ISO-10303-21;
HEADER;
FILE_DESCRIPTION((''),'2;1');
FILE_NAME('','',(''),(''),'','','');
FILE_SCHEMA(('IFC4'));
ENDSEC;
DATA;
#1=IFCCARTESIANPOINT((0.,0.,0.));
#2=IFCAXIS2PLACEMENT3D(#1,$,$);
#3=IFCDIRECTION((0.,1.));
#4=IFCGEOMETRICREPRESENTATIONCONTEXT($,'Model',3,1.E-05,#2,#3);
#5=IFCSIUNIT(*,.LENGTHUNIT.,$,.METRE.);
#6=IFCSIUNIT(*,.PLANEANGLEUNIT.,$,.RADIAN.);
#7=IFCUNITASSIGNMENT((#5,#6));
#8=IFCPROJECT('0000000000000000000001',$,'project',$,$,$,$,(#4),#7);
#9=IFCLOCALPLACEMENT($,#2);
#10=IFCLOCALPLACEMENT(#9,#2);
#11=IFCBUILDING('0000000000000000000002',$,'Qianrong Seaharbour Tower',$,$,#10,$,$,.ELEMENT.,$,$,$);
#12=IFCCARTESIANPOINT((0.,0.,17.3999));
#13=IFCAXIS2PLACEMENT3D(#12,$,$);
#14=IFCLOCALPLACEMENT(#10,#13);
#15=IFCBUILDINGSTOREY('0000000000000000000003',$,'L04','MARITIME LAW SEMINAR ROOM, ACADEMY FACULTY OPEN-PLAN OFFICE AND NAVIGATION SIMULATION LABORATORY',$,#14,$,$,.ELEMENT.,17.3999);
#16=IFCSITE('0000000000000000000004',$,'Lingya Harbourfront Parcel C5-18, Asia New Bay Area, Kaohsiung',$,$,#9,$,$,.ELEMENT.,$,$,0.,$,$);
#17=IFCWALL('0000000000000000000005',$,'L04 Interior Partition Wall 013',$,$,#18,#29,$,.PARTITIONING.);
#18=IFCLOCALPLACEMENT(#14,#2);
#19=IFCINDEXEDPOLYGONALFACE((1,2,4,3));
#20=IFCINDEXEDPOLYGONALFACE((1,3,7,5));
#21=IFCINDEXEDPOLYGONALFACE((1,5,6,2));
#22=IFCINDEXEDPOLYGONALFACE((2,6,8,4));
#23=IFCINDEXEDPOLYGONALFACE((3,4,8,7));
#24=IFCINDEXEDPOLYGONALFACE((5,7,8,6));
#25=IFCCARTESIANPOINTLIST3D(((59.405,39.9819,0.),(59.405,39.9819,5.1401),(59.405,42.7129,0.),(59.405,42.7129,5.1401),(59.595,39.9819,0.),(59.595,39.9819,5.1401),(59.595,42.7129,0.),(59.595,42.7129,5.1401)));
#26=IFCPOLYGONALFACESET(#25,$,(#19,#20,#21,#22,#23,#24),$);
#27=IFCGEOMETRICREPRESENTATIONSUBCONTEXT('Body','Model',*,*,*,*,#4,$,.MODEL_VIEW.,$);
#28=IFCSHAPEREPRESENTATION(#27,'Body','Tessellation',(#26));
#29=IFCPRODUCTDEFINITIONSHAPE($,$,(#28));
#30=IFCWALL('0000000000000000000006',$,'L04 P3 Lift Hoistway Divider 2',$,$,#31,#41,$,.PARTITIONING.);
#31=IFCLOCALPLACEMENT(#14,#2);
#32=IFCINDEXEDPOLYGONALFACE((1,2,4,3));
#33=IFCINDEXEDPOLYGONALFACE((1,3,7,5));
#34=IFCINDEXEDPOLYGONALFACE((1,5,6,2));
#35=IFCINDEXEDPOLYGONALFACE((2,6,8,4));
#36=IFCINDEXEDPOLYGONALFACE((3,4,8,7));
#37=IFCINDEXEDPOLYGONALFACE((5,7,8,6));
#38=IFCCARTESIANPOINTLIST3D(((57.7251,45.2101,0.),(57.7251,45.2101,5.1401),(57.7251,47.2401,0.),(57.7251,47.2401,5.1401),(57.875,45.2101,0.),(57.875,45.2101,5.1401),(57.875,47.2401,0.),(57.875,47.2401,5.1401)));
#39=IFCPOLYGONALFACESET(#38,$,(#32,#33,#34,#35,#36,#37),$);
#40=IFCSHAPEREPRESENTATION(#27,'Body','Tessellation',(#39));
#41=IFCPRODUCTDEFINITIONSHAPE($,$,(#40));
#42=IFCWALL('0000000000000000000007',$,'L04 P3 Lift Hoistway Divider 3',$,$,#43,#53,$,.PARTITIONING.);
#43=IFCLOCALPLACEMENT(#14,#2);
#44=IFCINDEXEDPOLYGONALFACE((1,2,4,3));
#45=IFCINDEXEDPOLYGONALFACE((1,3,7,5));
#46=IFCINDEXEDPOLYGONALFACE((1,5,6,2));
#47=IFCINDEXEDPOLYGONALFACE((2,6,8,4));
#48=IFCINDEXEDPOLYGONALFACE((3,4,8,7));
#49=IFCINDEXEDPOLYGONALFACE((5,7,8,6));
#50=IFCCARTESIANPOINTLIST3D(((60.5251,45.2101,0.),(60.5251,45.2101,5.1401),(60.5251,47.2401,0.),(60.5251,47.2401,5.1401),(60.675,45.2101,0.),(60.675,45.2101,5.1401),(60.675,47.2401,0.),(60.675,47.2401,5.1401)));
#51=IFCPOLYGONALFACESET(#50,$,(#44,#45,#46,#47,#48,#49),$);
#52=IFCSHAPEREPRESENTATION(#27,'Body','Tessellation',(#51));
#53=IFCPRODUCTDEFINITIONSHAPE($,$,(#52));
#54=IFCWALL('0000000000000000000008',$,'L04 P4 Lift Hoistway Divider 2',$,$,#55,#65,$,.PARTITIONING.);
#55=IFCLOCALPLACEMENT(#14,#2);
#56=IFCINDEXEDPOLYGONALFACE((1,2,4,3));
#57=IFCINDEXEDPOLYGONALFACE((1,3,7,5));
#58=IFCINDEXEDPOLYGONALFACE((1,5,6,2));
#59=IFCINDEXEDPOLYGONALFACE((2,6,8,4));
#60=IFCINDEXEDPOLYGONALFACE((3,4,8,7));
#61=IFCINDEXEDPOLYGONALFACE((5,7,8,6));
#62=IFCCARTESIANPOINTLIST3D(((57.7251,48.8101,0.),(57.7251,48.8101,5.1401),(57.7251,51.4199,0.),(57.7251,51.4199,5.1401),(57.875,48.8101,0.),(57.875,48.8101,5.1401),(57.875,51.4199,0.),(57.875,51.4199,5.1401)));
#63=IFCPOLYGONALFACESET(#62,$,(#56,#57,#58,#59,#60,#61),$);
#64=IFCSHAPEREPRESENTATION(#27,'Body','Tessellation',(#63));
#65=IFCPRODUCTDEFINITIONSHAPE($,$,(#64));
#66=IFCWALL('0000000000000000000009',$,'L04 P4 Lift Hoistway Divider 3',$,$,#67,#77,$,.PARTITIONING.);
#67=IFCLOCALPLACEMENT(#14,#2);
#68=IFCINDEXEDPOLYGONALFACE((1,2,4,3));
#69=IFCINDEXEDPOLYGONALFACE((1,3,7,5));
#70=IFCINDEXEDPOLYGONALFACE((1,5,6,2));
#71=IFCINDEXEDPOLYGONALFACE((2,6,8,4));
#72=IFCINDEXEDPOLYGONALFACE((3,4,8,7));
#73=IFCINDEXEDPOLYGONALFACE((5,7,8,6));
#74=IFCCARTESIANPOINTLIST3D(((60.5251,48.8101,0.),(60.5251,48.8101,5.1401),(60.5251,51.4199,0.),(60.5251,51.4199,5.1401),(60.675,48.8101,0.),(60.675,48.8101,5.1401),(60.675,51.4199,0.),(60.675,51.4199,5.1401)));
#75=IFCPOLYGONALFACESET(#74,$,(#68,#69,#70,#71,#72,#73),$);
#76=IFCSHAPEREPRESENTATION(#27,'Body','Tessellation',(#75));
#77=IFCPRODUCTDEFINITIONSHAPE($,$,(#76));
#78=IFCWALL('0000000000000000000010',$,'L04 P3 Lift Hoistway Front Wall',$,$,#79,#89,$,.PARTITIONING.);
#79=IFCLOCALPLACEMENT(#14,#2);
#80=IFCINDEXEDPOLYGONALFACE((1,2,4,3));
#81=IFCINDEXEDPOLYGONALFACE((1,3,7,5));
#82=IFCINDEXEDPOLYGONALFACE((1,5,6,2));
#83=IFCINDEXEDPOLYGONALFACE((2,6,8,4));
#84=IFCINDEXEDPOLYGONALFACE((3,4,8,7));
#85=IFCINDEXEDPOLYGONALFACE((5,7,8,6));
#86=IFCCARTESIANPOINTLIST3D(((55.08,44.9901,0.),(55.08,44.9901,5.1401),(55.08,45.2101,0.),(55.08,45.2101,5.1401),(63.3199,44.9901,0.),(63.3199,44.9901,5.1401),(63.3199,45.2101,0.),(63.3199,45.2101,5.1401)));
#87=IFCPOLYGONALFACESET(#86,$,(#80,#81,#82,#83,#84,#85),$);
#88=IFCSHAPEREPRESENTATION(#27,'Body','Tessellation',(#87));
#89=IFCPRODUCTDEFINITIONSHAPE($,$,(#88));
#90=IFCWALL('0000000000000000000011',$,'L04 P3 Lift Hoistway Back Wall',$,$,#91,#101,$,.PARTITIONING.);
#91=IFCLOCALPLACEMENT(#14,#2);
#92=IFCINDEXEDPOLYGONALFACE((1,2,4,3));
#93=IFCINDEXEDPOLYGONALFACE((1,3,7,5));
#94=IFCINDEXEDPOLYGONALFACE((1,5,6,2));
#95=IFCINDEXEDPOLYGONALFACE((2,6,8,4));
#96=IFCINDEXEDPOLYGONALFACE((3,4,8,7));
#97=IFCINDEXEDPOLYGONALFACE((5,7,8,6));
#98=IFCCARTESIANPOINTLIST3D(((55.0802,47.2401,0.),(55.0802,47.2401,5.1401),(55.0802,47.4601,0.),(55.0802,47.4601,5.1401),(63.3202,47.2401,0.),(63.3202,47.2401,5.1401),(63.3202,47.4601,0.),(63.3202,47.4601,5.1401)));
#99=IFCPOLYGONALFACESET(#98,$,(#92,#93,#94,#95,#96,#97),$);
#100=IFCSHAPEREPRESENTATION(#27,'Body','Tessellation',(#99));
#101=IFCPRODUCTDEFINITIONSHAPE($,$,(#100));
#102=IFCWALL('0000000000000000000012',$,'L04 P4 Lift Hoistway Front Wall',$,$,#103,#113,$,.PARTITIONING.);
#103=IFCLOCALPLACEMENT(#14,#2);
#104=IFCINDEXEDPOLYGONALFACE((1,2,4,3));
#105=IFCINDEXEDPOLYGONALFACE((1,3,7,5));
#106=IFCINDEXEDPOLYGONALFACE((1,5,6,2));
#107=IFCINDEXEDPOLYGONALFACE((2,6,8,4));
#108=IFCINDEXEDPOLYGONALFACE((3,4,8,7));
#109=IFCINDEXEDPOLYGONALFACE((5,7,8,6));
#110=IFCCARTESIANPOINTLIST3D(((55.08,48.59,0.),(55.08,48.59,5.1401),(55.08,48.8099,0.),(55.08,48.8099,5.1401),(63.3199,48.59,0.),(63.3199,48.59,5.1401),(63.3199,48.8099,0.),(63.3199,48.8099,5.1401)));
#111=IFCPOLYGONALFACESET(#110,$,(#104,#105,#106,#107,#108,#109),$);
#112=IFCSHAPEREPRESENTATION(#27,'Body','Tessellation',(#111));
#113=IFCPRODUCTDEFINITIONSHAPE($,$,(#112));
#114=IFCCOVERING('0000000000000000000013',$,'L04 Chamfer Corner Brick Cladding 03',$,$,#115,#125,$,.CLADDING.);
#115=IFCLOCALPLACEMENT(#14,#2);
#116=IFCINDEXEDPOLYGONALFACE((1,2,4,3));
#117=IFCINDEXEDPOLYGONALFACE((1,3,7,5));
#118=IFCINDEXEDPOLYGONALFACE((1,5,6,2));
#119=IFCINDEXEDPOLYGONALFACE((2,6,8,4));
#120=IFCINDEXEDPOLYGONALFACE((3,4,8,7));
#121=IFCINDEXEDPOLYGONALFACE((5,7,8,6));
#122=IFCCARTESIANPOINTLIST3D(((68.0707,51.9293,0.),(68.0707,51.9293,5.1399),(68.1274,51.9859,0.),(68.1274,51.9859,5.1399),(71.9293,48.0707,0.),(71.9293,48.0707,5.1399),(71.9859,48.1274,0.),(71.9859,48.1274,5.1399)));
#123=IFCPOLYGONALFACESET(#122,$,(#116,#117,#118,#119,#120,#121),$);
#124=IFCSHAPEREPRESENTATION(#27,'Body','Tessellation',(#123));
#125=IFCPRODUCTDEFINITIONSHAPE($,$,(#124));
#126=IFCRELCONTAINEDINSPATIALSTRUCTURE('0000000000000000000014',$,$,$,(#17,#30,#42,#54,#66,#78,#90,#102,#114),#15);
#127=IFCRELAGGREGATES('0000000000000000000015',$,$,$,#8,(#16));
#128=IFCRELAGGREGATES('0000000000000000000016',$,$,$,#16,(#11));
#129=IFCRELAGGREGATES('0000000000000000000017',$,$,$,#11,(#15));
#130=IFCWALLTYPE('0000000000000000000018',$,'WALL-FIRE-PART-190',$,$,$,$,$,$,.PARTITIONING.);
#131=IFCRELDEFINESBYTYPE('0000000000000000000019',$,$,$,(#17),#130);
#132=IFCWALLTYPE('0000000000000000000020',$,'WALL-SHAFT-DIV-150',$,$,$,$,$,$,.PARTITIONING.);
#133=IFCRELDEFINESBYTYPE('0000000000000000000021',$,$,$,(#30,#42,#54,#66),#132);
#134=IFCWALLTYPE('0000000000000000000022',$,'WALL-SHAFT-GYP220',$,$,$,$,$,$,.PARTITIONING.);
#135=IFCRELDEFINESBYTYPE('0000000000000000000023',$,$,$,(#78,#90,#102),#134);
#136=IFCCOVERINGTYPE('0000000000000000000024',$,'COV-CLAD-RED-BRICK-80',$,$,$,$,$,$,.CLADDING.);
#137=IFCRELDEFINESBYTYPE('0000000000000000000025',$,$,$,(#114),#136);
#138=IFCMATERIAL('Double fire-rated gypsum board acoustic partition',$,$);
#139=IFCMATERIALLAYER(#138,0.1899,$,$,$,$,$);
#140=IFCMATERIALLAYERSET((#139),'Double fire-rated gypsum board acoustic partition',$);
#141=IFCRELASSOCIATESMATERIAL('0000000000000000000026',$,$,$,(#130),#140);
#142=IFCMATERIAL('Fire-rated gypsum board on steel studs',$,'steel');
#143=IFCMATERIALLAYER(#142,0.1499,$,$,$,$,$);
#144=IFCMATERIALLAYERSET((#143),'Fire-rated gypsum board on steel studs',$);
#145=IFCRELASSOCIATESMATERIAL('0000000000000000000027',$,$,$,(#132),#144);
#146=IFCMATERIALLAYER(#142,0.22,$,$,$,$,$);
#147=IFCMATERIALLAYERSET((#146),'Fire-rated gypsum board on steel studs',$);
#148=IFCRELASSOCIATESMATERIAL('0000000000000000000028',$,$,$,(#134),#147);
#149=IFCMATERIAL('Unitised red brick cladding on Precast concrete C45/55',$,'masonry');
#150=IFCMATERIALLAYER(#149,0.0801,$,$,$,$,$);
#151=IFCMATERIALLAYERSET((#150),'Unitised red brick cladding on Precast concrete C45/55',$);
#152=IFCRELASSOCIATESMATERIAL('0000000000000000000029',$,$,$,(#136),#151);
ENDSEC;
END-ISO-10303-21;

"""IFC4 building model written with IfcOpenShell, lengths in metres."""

from ifc_helpers import new_model, si_unit, direction, frame, frame_2d, origin, origin_2d, place, context, subcontext, project, spatial, rectangle, extrude, material, layer, layer_set, type_object, element, save


model = new_model("IFC4")

# Units and contexts
model_context = context("Model", 3, precision=1e-05, world=origin(), true_north=direction((0.0, 1.0)))
body_context = subcontext(model_context, "Body", "Model", "MODEL_VIEW")
ifc_project = project(units=[si_unit("LENGTHUNIT", "METRE"), si_unit("PLANEANGLEUNIT", "RADIAN")], contexts=[model_context])

# Site, building, storey
site_placement = place(None, origin())
site = spatial("IfcSite", under=ifc_project, at=site_placement, Name="Lingya Harbourfront Parcel C5-18, Asia New Bay Area, Kaohsiung", CompositionType="ELEMENT", RefElevation=0.0)
building_placement = place(site_placement, origin())
building = spatial("IfcBuilding", under=site, at=building_placement, Name="Qianrong Seaharbour Tower", CompositionType="ELEMENT")
storey_placement = place(building_placement, frame((0.0, 0.0, 17.3999)))
storey = spatial("IfcBuildingStorey", under=building, at=storey_placement, Name="L04", Description="MARITIME LAW SEMINAR ROOM, ACADEMY FACULTY OPEN-PLAN OFFICE AND NAVIGATION SIMULATION LABORATORY", CompositionType="ELEMENT", Elevation=17.3999)

# Shared definitions
ifc_material_1 = material(Name="Double fire-rated gypsum board acoustic partition")
ifc_layer_1 = layer(ifc_material_1, 0.1899)
ifc_layer_set_1 = layer_set([ifc_layer_1], Name="Double fire-rated gypsum board acoustic partition")
wall_type_1 = type_object("IfcWallType", Name="WALL-FIRE-PART-190", PredefinedType="PARTITIONING", material=ifc_layer_set_1)

# Walls
wall_1_placement = place(storey_placement, frame((59.5, 42.7129, 0.0), z_axis=(0.0, 0.0, 1.0), x_axis=(0.0, -1.0, 0.0)))
element("IfcWall", 1, at=wall_1_placement, inside=storey, type_object=wall_type_1, Name="L04 Interior Partition Wall 013", PredefinedType="PARTITIONING", context=body_context, shape_type="SweptSolid", body=[
    extrude(rectangle(XDim=2.731, YDim=0.1899, at=frame_2d((1.3655, 0.0))), origin(), (0.0, 0.0, 1.0), 5.1401),
])
ifc_material_2 = material(Name="Fire-rated gypsum board on steel studs", Category="steel")
ifc_layer_2 = layer(ifc_material_2, 0.1499)
ifc_layer_set_2 = layer_set([ifc_layer_2], Name="Fire-rated gypsum board on steel studs")
wall_type_2 = type_object("IfcWallType", Name="WALL-SHAFT-DIV-150", PredefinedType="PARTITIONING", material=ifc_layer_set_2)
for number, where, z_axis, x_axis, name in (
    (2, (57.8, 45.21, 0.0), (0.0, 0.0, 1.0), (0.0, 1.0, 0.0), "L04 P3 Lift Hoistway Divider 2"),
    (3, (60.6001, 45.21, 0.0), (0.0, 0.0, 1.0), (0.0, 1.0, 0.0), "L04 P3 Lift Hoistway Divider 3"),
):
    element("IfcWall", number, at=place(storey_placement, frame(where, z_axis=z_axis, x_axis=x_axis)), inside=storey, type_object=wall_type_2, Name=name, PredefinedType="PARTITIONING", context=body_context, shape_type="SweptSolid", body=[
        extrude(rectangle(XDim=2.03, YDim=0.1499, at=frame_2d((1.0151, 0.0))), origin(), (0.0, 0.0, 1.0), 5.1401),
    ])
for number, where, z_axis, x_axis, name in (
    (4, (57.8, 48.8101, 0.0), (0.0, 0.0, 1.0), (0.0, 1.0, 0.0), "L04 P4 Lift Hoistway Divider 2"),
    (5, (60.6001, 48.8101, 0.0), (0.0, 0.0, 1.0), (0.0, 1.0, 0.0), "L04 P4 Lift Hoistway Divider 3"),
):
    element("IfcWall", number, at=place(storey_placement, frame(where, z_axis=z_axis, x_axis=x_axis)), inside=storey, type_object=wall_type_2, Name=name, PredefinedType="PARTITIONING", context=body_context, shape_type="SweptSolid", body=[
        extrude(rectangle(XDim=2.6099, YDim=0.1499, at=frame_2d((1.3049, 0.0))), origin(), (0.0, 0.0, 1.0), 5.1401),
    ])
ifc_layer_3 = layer(ifc_material_2, 0.22)
ifc_layer_set_3 = layer_set([ifc_layer_3], Name="Fire-rated gypsum board on steel studs")
wall_type_3 = type_object("IfcWallType", Name="WALL-SHAFT-GYP220", PredefinedType="PARTITIONING", material=ifc_layer_set_3)
for number, where, z_axis, x_axis, name in (
    (6, (63.3201, 45.1001, 0.0), (0.0, 0.0, 1.0), (-1.0, 0.0, 0.0), "L04 P3 Lift Hoistway Front Wall"),
    (7, (55.0801, 47.3501, 0.0), (0.0, 0.0, 1.0), (1.0, 0.0, 0.0), "L04 P3 Lift Hoistway Back Wall"),
    (8, (63.3201, 48.7, 0.0), (0.0, 0.0, 1.0), (-1.0, 0.0, 0.0), "L04 P4 Lift Hoistway Front Wall"),
):
    element("IfcWall", number, at=place(storey_placement, frame(where, z_axis=z_axis, x_axis=x_axis)), inside=storey, type_object=wall_type_3, Name=name, PredefinedType="PARTITIONING", context=body_context, shape_type="SweptSolid", body=[
        extrude(rectangle(XDim=8.24, YDim=0.22, at=frame_2d((4.1201, 0.0))), origin(), (0.0, 0.0, 1.0), 5.1401),
    ])

# Covering
ifc_material_3 = material(Name="Unitised red brick cladding on Precast concrete C45/55", Category="masonry")
ifc_layer_4 = layer(ifc_material_3, 0.0801)
ifc_layer_set_4 = layer_set([ifc_layer_4], Name="Unitised red brick cladding on Precast concrete C45/55")
covering_type = type_object("IfcCoveringType", Name="COV-CLAD-RED-BRICK-80", PredefinedType="CLADDING", material=ifc_layer_set_4)
covering_placement = place(storey_placement, frame((70.0283, 50.0283, 0.0), z_axis=(0.0, 0.0, 1.0), x_axis=(0.707107, -0.707107, 0.0)))
element("IfcCovering", 9, at=covering_placement, inside=storey, type_object=covering_type, Name="L04 Chamfer Corner Brick Cladding 03", PredefinedType="CLADDING", context=body_context, shape_type="SweptSolid", body=[
    extrude(rectangle(XDim=5.4568, YDim=0.0801, at=origin_2d()), origin(), (0.0, 0.0, 1.0), 5.1399),
])

save(model, "model.ifc")
